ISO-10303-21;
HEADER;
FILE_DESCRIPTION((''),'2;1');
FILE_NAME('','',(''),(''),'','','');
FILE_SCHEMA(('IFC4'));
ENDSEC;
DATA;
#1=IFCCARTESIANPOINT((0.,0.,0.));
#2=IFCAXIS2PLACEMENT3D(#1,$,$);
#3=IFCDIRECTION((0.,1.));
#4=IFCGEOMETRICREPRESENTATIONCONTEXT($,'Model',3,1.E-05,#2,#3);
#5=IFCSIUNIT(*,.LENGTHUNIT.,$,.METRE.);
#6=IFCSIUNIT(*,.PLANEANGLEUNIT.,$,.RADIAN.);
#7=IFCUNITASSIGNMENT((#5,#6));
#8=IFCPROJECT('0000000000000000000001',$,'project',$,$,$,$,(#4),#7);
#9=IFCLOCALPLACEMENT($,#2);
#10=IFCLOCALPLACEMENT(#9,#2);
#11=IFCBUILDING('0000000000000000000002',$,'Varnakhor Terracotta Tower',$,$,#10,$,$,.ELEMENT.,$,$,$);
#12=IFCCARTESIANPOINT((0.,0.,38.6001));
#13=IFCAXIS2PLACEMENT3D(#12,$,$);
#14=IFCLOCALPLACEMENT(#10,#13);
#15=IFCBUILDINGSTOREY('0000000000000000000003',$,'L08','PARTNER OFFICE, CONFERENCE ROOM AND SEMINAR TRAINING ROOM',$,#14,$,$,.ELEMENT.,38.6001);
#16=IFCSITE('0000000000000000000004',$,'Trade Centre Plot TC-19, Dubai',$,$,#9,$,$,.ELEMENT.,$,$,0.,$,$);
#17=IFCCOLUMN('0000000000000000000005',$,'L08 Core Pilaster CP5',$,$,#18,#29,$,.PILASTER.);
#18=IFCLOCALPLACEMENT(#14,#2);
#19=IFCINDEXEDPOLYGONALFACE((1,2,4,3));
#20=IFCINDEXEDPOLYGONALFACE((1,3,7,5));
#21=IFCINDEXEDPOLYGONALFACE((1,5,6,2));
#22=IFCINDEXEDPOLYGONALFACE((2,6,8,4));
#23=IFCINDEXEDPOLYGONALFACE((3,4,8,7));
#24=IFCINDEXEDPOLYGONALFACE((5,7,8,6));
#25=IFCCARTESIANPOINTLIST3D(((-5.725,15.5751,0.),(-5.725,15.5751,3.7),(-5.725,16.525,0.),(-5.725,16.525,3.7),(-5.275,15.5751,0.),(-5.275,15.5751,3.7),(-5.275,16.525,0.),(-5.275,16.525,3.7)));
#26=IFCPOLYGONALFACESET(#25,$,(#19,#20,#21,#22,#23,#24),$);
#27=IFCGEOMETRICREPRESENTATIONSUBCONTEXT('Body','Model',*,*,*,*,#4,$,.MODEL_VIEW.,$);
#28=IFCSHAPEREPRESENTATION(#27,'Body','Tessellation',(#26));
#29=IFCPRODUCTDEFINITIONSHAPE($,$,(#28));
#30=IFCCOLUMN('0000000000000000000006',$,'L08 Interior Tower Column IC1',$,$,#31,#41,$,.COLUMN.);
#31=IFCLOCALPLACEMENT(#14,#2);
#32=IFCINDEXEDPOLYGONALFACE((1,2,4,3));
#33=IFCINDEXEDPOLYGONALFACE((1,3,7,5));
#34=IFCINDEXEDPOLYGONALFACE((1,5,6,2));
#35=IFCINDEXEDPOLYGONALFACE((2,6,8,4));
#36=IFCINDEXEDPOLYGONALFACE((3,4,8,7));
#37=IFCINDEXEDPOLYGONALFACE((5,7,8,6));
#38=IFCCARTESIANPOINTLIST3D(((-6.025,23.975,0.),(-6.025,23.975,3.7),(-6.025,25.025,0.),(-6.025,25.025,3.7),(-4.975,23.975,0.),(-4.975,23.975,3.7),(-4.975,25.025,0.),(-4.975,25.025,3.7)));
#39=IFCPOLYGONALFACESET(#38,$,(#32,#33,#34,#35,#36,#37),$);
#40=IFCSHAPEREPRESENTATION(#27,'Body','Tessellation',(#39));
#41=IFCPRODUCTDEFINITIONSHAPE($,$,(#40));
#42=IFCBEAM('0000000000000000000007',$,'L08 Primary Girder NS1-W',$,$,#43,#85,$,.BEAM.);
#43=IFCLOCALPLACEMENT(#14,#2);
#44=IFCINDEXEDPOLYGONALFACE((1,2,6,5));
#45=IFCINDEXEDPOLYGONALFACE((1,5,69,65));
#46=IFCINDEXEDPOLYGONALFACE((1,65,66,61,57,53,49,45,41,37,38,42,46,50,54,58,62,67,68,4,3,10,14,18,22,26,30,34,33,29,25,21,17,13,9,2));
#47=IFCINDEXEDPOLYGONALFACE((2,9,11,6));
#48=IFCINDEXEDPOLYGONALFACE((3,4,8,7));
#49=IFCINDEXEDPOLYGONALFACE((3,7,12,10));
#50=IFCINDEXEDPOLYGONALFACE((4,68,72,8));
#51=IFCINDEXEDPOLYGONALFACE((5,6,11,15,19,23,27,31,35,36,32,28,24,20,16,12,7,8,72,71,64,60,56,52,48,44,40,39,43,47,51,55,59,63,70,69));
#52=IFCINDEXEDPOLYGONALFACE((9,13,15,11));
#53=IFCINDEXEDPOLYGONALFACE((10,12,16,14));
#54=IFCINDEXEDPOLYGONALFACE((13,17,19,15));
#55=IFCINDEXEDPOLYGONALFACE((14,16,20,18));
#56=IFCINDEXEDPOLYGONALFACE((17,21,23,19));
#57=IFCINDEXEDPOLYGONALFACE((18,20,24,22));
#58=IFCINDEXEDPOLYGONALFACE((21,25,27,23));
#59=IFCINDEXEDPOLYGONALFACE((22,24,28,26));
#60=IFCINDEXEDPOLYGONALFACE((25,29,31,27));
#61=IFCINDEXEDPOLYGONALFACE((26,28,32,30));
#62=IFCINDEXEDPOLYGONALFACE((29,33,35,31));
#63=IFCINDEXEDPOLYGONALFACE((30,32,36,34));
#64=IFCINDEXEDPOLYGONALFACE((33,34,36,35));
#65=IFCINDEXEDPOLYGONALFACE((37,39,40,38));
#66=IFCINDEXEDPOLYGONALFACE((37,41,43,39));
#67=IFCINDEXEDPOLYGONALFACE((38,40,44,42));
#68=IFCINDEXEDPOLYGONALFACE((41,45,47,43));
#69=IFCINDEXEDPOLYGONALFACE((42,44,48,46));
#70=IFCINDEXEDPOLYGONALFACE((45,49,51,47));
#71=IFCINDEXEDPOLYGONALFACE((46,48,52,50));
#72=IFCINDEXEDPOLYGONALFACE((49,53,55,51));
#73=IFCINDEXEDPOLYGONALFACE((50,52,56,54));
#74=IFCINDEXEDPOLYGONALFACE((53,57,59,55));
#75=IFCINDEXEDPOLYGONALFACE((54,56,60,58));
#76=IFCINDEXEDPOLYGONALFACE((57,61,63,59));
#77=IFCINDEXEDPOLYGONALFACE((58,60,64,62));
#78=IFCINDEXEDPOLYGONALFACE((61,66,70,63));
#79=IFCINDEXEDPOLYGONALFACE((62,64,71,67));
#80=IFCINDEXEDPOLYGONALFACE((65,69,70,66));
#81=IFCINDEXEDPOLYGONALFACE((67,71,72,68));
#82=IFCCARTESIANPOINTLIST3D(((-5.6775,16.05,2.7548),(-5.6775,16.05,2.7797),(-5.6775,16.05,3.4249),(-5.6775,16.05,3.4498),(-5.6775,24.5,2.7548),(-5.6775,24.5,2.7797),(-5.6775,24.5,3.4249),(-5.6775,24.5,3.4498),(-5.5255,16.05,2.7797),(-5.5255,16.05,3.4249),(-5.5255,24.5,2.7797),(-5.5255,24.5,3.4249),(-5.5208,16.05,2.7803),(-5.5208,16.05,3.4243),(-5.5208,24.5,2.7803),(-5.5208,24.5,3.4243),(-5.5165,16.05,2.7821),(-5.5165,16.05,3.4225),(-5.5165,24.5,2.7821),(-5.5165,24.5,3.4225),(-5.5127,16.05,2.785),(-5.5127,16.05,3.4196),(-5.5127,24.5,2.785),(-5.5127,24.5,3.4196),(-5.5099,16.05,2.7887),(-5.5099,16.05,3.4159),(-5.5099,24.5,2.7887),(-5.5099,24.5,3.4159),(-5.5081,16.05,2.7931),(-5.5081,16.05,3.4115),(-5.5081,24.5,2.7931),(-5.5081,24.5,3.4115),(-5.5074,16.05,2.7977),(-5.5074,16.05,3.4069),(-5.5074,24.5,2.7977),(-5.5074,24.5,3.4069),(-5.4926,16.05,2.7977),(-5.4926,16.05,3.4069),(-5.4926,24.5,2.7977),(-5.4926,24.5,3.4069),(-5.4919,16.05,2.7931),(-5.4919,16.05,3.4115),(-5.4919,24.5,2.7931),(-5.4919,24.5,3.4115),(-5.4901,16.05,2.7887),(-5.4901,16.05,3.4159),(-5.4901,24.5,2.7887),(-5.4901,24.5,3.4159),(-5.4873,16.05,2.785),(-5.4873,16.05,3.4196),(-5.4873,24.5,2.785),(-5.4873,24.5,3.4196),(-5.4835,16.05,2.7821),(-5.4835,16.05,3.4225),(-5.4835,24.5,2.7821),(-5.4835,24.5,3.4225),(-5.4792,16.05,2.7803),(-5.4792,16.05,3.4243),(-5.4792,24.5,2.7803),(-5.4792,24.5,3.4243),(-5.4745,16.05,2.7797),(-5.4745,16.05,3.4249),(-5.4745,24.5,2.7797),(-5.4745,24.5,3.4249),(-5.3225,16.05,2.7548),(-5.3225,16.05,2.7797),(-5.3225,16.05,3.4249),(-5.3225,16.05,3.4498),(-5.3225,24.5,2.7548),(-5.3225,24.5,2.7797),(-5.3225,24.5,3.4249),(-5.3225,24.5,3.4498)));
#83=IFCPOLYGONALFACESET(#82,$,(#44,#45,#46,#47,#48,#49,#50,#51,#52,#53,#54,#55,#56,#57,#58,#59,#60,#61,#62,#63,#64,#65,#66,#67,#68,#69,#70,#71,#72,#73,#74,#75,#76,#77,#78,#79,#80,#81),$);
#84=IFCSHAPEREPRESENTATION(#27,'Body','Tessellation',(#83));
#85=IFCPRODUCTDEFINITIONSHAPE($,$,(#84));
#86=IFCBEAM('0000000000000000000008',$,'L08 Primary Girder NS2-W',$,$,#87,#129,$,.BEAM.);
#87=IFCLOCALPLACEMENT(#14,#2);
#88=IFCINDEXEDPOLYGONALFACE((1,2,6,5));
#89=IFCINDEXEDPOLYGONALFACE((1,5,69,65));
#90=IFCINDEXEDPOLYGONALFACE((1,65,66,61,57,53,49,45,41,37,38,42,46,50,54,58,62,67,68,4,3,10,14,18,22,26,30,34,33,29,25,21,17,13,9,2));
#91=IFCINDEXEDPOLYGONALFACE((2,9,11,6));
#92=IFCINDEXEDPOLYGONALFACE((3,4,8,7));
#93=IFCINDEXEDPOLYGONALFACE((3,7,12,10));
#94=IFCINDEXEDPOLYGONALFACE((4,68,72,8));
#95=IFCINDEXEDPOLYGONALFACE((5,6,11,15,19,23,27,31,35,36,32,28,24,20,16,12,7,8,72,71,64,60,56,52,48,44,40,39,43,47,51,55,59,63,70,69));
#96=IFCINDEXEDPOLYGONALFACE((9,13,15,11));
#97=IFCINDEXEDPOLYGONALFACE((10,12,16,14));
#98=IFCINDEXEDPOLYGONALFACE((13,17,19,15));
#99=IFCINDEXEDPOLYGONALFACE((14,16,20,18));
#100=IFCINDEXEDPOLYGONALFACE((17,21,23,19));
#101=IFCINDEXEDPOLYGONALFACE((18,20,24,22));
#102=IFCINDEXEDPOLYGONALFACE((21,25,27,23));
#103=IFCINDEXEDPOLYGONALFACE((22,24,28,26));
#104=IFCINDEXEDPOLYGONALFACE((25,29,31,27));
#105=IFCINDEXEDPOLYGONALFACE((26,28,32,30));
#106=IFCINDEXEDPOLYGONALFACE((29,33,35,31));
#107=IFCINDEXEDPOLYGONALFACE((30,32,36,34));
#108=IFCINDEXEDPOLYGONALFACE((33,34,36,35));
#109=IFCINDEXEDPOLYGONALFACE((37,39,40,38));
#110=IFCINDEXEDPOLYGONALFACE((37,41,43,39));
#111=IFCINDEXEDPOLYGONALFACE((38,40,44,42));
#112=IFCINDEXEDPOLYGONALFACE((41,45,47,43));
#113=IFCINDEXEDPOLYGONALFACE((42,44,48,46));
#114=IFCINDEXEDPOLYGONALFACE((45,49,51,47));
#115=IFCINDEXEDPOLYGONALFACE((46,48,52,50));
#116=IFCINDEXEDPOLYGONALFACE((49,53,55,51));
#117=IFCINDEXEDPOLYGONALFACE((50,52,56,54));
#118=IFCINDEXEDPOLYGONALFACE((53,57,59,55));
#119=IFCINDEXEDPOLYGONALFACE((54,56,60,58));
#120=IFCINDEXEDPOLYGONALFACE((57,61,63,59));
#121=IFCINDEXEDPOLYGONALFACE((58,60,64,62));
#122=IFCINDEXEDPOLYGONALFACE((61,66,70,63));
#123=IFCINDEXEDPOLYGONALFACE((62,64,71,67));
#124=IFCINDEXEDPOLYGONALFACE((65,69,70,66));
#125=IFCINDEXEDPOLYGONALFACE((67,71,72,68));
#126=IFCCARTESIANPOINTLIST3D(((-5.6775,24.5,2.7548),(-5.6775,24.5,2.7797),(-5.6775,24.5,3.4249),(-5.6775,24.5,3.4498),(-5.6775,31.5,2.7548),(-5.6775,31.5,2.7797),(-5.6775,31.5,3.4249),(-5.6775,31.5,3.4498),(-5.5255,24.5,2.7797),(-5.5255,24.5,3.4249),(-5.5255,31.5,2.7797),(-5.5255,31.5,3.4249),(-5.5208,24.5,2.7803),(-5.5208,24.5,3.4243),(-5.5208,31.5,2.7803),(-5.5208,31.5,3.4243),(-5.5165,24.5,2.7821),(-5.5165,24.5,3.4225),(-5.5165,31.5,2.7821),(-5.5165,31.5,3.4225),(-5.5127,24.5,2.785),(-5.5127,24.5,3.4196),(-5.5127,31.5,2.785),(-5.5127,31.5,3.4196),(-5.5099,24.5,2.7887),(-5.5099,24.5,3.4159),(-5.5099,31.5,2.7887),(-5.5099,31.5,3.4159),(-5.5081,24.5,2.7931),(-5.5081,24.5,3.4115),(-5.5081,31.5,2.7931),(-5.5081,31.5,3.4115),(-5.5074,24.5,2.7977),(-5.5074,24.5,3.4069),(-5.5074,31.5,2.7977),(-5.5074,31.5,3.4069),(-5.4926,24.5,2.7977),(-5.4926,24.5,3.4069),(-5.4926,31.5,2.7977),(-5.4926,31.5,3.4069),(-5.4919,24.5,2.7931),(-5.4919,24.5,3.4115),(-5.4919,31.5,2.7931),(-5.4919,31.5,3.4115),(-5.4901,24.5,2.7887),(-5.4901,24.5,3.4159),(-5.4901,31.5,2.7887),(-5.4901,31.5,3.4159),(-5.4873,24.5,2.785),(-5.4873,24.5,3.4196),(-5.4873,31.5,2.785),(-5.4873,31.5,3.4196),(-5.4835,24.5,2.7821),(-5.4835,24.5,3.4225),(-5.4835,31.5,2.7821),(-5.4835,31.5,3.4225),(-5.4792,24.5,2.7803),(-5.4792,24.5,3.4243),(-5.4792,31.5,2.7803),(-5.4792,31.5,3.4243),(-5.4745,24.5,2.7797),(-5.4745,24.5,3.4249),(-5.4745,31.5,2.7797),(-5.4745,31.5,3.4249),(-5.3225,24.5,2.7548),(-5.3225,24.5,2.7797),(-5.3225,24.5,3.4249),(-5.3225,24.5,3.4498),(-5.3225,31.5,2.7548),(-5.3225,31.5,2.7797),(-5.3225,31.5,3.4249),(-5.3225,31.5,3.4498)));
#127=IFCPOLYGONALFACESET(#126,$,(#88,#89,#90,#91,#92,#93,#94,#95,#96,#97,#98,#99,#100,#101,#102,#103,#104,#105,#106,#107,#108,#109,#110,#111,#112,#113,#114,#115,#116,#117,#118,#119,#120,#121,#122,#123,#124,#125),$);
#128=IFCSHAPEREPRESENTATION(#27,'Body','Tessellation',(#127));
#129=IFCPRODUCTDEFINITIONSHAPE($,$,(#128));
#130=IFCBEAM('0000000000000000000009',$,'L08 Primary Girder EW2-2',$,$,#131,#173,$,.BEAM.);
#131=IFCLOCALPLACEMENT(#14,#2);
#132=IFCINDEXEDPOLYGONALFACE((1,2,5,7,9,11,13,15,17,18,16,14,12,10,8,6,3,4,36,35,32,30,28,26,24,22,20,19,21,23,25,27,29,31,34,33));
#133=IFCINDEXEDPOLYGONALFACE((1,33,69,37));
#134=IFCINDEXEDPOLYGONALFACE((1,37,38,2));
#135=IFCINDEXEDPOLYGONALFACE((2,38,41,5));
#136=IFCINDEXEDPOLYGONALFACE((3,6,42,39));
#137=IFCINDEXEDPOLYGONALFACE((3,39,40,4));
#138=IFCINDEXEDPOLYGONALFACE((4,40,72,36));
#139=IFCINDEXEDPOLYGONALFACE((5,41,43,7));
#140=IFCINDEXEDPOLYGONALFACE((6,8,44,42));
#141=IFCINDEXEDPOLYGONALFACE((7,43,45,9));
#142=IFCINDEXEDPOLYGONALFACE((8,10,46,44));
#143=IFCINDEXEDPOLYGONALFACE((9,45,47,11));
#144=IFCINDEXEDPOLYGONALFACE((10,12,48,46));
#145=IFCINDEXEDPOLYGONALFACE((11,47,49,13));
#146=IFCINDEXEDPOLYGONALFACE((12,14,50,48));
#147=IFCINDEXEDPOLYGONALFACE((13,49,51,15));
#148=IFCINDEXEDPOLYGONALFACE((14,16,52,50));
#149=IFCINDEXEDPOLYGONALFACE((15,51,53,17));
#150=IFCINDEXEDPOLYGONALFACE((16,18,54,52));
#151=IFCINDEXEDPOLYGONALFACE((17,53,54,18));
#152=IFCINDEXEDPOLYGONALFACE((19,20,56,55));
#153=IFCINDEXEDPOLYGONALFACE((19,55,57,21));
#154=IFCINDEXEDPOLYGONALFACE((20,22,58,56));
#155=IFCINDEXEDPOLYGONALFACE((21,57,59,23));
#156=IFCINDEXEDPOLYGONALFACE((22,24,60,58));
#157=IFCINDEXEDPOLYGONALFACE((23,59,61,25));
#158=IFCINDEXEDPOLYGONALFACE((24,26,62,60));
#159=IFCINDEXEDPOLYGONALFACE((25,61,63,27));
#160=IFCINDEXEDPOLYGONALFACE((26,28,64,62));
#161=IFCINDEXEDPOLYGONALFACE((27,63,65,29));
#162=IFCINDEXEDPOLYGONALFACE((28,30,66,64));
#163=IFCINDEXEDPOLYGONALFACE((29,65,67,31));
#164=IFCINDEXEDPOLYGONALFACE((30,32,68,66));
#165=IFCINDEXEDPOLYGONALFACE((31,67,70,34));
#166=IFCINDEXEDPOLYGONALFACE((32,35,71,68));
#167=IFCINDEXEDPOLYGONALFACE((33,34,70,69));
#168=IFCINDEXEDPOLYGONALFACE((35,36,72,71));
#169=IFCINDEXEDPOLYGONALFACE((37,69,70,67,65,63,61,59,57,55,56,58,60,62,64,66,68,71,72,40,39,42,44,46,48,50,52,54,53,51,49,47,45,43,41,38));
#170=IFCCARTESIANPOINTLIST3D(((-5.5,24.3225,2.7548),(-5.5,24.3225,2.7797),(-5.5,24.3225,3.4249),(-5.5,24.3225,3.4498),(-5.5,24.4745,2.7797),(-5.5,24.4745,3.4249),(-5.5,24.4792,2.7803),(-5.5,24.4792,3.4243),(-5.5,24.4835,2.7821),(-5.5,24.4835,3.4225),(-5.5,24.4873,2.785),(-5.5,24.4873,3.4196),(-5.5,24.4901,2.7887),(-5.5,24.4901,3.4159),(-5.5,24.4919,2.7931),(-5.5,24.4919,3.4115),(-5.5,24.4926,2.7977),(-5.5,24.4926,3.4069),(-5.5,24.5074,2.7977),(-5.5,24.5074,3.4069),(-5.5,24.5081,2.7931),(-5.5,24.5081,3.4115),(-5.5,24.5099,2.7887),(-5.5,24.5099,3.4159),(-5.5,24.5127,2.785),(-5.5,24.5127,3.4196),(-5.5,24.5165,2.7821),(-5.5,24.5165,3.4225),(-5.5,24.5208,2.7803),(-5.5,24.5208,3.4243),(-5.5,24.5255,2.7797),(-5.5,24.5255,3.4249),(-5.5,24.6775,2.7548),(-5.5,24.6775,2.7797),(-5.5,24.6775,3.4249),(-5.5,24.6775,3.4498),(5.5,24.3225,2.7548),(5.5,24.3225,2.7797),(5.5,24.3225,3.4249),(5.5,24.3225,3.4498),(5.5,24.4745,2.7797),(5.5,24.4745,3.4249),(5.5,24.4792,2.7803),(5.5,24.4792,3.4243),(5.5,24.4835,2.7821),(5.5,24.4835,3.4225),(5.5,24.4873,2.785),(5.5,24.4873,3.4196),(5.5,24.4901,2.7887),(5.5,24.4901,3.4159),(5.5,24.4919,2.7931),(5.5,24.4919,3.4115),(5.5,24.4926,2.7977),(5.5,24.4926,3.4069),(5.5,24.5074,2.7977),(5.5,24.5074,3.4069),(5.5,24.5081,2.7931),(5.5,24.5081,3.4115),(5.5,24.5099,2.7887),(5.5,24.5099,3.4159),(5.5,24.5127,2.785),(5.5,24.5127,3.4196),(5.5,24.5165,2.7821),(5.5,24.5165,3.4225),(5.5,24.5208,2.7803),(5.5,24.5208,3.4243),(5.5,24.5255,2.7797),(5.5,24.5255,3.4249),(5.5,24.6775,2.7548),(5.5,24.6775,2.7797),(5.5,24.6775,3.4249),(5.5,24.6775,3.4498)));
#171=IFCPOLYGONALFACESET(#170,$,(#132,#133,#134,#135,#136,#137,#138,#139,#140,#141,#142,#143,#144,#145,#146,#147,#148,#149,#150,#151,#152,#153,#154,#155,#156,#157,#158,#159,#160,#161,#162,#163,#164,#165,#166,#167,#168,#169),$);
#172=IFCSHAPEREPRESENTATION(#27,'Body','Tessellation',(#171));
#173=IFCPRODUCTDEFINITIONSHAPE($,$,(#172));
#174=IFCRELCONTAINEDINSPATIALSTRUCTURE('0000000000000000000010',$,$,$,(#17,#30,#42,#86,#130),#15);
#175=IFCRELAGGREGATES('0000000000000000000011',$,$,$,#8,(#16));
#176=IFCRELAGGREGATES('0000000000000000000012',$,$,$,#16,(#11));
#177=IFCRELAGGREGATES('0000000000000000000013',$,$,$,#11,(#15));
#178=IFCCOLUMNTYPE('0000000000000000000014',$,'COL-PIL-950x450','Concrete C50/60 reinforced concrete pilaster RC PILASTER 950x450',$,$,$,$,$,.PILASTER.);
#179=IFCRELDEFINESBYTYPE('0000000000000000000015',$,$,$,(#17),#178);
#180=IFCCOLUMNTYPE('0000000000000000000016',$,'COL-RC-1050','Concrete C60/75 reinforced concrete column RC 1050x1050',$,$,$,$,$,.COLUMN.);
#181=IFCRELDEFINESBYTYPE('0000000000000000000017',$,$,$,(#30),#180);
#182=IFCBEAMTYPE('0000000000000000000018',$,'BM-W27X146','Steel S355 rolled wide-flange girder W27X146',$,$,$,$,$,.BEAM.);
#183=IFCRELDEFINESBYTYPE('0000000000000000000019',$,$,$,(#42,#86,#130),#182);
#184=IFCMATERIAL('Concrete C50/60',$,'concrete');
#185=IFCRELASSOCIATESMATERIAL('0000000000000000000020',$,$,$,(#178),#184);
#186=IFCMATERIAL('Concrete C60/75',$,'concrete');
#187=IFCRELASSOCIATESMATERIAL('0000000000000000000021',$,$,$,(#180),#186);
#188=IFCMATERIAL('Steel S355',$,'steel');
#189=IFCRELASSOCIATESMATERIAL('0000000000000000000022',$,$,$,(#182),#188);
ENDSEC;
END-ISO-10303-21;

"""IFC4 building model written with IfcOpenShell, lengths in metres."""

from ifc_helpers import new_model, si_unit, direction, frame, origin, origin_2d, place, context, subcontext, project, spatial, rectangle, i_section, extrude, source, transform, mapped, material, material_profile, profile_set, type_object, type_shapes, element, save


model = new_model("IFC4")

# Units and contexts
model_context = context("Model", 3, precision=1e-05, world=origin(), true_north=direction((0.0, 1.0)))
body_context = subcontext(model_context, "Body", "Model", "MODEL_VIEW")
ifc_project = project(units=[si_unit("LENGTHUNIT", "METRE"), si_unit("PLANEANGLEUNIT", "RADIAN")], contexts=[model_context])

# Site, building, storey
site_placement = place(None, origin())
site = spatial("IfcSite", under=ifc_project, at=site_placement, Name="Trade Centre Plot TC-19, Dubai", CompositionType="ELEMENT", RefElevation=0.0)
building_placement = place(site_placement, origin())
building = spatial("IfcBuilding", under=site, at=building_placement, Name="Varnakhor Terracotta Tower", CompositionType="ELEMENT")
storey_placement = place(building_placement, frame((0.0, 0.0, 38.6001)))
storey = spatial("IfcBuildingStorey", under=building, at=storey_placement, Name="L08", Description="PARTNER OFFICE, CONFERENCE ROOM AND SEMINAR TRAINING ROOM", CompositionType="ELEMENT", Elevation=38.6001)

# Columns
ifc_material_1 = material(Name="Concrete C50/60", Category="concrete")
ifc_material_profile_1 = material_profile(ifc_material_1, rectangle(XDim=0.45, YDim=0.95, at=origin_2d()), Name="RC PILASTER 950x450")
ifc_profile_set_1 = profile_set([ifc_material_profile_1], Name="Concrete C50/60")
column_type_1 = type_object("IfcColumnType", Name="COL-PIL-950x450", Description="Concrete C50/60 reinforced concrete pilaster RC PILASTER 950x450", PredefinedType="PILASTER", material=ifc_profile_set_1)
shared_shape_1 = source(origin(), body_context, "Body", "SweptSolid", [
    extrude(rectangle(XDim=0.45, YDim=0.95, at=origin_2d()), origin(), (0.0, 0.0, 1.0), 3.7),
])
column_1_placement = place(storey_placement, frame((-5.5, 16.05, 0.0), z_axis=(0.0, 0.0, 1.0), x_axis=(1.0, 0.0, 0.0)))
element("IfcColumn", 1, at=column_1_placement, inside=storey, type_object=column_type_1, Name="L08 Core Pilaster CP5", PredefinedType="PILASTER", context=body_context, shape_type="MappedRepresentation", body=[
    mapped(shared_shape_1, transform((0.0, 0.0, 0.0), scale=1.0)),
])
ifc_material_2 = material(Name="Concrete C60/75", Category="concrete")
ifc_material_profile_2 = material_profile(ifc_material_2, rectangle(XDim=1.05, YDim=1.05, at=origin_2d()), Name="RC 1050x1050")
ifc_profile_set_2 = profile_set([ifc_material_profile_2], Name="Concrete C60/75")
column_type_2 = type_object("IfcColumnType", Name="COL-RC-1050", Description="Concrete C60/75 reinforced concrete column RC 1050x1050", PredefinedType="COLUMN", material=ifc_profile_set_2)
shared_shape_2 = source(origin(), body_context, "Body", "SweptSolid", [
    extrude(rectangle(XDim=1.05, YDim=1.05, at=origin_2d()), origin(), (0.0, 0.0, 1.0), 3.7),
])
column_2_placement = place(storey_placement, frame((-5.5, 24.5, 0.0), z_axis=(0.0, 0.0, 1.0), x_axis=(1.0, 0.0, 0.0)))
element("IfcColumn", 2, at=column_2_placement, inside=storey, type_object=column_type_2, Name="L08 Interior Tower Column IC1", PredefinedType="COLUMN", context=body_context, shape_type="MappedRepresentation", body=[
    mapped(shared_shape_2, transform((0.0, 0.0, 0.0), scale=1.0)),
])

# Beams
ifc_material_3 = material(Name="Steel S355", Category="steel")
ifc_material_profile_3 = material_profile(ifc_material_3, i_section(OverallWidth=0.355, OverallDepth=0.6951, WebThickness=0.0149, FlangeThickness=0.0249, FilletRadius=0.0181, at=origin_2d()), Name="W27X146")
ifc_profile_set_3 = profile_set([ifc_material_profile_3], Name="Steel S355")
beam_type_1 = type_object("IfcBeamType", Name="BM-W27X146", Description="Steel S355 rolled wide-flange girder W27X146", PredefinedType="BEAM", material=ifc_profile_set_3)
shared_shape_3 = source(origin(), body_context, "Body", "SweptSolid", [
    extrude(i_section(OverallWidth=0.355, OverallDepth=0.6951, WebThickness=0.0149, FlangeThickness=0.0249, FilletRadius=0.0181, at=origin_2d()), origin(), (0.0, 0.0, 1.0), 8.45),
])
type_shapes(beam_type_1, [shared_shape_3])
beam_1_placement = place(storey_placement, frame((-5.5, 16.05, 3.1023), z_axis=(0.0, 1.0, 0.0), x_axis=(-1.0, 0.0, 0.0)))
element("IfcBeam", 3, at=beam_1_placement, inside=storey, type_object=beam_type_1, Name="L08 Primary Girder NS1-W", PredefinedType="BEAM", context=body_context, shape_type="MappedRepresentation", body=[
    mapped(shared_shape_3, transform((0.0, 0.0, 0.0), scale=1.0)),
])
shared_shape_4 = source(origin(), body_context, "Body", "SweptSolid", [
    extrude(i_section(OverallWidth=0.355, OverallDepth=0.6951, WebThickness=0.0149, FlangeThickness=0.0249, FilletRadius=0.0181, at=origin_2d()), origin(), (0.0, 0.0, 1.0), 7.0),
])
beam_2_placement = place(storey_placement, frame((-5.5, 24.5, 3.1023), z_axis=(0.0, 1.0, 0.0), x_axis=(-1.0, 0.0, 0.0)))
element("IfcBeam", 4, at=beam_2_placement, inside=storey, type_object=beam_type_1, Name="L08 Primary Girder NS2-W", PredefinedType="BEAM", context=body_context, shape_type="MappedRepresentation", body=[
    mapped(shared_shape_4, transform((0.0, 0.0, 0.0), scale=1.0)),
])
shared_shape_5 = source(origin(), body_context, "Body", "SweptSolid", [
    extrude(i_section(OverallWidth=0.355, OverallDepth=0.6951, WebThickness=0.0149, FlangeThickness=0.0249, FilletRadius=0.0181, at=origin_2d()), origin(), (0.0, 0.0, 1.0), 11.0),
])
beam_3_placement = place(storey_placement, frame((-5.5, 24.5, 3.1023), z_axis=(1.0, 0.0, 0.0), x_axis=(0.0, 1.0, 0.0)))
element("IfcBeam", 5, at=beam_3_placement, inside=storey, type_object=beam_type_1, Name="L08 Primary Girder EW2-2", PredefinedType="BEAM", context=body_context, shape_type="MappedRepresentation", body=[
    mapped(shared_shape_5, transform((0.0, 0.0, 0.0), scale=1.0)),
])

save(model, "model.ifc")
